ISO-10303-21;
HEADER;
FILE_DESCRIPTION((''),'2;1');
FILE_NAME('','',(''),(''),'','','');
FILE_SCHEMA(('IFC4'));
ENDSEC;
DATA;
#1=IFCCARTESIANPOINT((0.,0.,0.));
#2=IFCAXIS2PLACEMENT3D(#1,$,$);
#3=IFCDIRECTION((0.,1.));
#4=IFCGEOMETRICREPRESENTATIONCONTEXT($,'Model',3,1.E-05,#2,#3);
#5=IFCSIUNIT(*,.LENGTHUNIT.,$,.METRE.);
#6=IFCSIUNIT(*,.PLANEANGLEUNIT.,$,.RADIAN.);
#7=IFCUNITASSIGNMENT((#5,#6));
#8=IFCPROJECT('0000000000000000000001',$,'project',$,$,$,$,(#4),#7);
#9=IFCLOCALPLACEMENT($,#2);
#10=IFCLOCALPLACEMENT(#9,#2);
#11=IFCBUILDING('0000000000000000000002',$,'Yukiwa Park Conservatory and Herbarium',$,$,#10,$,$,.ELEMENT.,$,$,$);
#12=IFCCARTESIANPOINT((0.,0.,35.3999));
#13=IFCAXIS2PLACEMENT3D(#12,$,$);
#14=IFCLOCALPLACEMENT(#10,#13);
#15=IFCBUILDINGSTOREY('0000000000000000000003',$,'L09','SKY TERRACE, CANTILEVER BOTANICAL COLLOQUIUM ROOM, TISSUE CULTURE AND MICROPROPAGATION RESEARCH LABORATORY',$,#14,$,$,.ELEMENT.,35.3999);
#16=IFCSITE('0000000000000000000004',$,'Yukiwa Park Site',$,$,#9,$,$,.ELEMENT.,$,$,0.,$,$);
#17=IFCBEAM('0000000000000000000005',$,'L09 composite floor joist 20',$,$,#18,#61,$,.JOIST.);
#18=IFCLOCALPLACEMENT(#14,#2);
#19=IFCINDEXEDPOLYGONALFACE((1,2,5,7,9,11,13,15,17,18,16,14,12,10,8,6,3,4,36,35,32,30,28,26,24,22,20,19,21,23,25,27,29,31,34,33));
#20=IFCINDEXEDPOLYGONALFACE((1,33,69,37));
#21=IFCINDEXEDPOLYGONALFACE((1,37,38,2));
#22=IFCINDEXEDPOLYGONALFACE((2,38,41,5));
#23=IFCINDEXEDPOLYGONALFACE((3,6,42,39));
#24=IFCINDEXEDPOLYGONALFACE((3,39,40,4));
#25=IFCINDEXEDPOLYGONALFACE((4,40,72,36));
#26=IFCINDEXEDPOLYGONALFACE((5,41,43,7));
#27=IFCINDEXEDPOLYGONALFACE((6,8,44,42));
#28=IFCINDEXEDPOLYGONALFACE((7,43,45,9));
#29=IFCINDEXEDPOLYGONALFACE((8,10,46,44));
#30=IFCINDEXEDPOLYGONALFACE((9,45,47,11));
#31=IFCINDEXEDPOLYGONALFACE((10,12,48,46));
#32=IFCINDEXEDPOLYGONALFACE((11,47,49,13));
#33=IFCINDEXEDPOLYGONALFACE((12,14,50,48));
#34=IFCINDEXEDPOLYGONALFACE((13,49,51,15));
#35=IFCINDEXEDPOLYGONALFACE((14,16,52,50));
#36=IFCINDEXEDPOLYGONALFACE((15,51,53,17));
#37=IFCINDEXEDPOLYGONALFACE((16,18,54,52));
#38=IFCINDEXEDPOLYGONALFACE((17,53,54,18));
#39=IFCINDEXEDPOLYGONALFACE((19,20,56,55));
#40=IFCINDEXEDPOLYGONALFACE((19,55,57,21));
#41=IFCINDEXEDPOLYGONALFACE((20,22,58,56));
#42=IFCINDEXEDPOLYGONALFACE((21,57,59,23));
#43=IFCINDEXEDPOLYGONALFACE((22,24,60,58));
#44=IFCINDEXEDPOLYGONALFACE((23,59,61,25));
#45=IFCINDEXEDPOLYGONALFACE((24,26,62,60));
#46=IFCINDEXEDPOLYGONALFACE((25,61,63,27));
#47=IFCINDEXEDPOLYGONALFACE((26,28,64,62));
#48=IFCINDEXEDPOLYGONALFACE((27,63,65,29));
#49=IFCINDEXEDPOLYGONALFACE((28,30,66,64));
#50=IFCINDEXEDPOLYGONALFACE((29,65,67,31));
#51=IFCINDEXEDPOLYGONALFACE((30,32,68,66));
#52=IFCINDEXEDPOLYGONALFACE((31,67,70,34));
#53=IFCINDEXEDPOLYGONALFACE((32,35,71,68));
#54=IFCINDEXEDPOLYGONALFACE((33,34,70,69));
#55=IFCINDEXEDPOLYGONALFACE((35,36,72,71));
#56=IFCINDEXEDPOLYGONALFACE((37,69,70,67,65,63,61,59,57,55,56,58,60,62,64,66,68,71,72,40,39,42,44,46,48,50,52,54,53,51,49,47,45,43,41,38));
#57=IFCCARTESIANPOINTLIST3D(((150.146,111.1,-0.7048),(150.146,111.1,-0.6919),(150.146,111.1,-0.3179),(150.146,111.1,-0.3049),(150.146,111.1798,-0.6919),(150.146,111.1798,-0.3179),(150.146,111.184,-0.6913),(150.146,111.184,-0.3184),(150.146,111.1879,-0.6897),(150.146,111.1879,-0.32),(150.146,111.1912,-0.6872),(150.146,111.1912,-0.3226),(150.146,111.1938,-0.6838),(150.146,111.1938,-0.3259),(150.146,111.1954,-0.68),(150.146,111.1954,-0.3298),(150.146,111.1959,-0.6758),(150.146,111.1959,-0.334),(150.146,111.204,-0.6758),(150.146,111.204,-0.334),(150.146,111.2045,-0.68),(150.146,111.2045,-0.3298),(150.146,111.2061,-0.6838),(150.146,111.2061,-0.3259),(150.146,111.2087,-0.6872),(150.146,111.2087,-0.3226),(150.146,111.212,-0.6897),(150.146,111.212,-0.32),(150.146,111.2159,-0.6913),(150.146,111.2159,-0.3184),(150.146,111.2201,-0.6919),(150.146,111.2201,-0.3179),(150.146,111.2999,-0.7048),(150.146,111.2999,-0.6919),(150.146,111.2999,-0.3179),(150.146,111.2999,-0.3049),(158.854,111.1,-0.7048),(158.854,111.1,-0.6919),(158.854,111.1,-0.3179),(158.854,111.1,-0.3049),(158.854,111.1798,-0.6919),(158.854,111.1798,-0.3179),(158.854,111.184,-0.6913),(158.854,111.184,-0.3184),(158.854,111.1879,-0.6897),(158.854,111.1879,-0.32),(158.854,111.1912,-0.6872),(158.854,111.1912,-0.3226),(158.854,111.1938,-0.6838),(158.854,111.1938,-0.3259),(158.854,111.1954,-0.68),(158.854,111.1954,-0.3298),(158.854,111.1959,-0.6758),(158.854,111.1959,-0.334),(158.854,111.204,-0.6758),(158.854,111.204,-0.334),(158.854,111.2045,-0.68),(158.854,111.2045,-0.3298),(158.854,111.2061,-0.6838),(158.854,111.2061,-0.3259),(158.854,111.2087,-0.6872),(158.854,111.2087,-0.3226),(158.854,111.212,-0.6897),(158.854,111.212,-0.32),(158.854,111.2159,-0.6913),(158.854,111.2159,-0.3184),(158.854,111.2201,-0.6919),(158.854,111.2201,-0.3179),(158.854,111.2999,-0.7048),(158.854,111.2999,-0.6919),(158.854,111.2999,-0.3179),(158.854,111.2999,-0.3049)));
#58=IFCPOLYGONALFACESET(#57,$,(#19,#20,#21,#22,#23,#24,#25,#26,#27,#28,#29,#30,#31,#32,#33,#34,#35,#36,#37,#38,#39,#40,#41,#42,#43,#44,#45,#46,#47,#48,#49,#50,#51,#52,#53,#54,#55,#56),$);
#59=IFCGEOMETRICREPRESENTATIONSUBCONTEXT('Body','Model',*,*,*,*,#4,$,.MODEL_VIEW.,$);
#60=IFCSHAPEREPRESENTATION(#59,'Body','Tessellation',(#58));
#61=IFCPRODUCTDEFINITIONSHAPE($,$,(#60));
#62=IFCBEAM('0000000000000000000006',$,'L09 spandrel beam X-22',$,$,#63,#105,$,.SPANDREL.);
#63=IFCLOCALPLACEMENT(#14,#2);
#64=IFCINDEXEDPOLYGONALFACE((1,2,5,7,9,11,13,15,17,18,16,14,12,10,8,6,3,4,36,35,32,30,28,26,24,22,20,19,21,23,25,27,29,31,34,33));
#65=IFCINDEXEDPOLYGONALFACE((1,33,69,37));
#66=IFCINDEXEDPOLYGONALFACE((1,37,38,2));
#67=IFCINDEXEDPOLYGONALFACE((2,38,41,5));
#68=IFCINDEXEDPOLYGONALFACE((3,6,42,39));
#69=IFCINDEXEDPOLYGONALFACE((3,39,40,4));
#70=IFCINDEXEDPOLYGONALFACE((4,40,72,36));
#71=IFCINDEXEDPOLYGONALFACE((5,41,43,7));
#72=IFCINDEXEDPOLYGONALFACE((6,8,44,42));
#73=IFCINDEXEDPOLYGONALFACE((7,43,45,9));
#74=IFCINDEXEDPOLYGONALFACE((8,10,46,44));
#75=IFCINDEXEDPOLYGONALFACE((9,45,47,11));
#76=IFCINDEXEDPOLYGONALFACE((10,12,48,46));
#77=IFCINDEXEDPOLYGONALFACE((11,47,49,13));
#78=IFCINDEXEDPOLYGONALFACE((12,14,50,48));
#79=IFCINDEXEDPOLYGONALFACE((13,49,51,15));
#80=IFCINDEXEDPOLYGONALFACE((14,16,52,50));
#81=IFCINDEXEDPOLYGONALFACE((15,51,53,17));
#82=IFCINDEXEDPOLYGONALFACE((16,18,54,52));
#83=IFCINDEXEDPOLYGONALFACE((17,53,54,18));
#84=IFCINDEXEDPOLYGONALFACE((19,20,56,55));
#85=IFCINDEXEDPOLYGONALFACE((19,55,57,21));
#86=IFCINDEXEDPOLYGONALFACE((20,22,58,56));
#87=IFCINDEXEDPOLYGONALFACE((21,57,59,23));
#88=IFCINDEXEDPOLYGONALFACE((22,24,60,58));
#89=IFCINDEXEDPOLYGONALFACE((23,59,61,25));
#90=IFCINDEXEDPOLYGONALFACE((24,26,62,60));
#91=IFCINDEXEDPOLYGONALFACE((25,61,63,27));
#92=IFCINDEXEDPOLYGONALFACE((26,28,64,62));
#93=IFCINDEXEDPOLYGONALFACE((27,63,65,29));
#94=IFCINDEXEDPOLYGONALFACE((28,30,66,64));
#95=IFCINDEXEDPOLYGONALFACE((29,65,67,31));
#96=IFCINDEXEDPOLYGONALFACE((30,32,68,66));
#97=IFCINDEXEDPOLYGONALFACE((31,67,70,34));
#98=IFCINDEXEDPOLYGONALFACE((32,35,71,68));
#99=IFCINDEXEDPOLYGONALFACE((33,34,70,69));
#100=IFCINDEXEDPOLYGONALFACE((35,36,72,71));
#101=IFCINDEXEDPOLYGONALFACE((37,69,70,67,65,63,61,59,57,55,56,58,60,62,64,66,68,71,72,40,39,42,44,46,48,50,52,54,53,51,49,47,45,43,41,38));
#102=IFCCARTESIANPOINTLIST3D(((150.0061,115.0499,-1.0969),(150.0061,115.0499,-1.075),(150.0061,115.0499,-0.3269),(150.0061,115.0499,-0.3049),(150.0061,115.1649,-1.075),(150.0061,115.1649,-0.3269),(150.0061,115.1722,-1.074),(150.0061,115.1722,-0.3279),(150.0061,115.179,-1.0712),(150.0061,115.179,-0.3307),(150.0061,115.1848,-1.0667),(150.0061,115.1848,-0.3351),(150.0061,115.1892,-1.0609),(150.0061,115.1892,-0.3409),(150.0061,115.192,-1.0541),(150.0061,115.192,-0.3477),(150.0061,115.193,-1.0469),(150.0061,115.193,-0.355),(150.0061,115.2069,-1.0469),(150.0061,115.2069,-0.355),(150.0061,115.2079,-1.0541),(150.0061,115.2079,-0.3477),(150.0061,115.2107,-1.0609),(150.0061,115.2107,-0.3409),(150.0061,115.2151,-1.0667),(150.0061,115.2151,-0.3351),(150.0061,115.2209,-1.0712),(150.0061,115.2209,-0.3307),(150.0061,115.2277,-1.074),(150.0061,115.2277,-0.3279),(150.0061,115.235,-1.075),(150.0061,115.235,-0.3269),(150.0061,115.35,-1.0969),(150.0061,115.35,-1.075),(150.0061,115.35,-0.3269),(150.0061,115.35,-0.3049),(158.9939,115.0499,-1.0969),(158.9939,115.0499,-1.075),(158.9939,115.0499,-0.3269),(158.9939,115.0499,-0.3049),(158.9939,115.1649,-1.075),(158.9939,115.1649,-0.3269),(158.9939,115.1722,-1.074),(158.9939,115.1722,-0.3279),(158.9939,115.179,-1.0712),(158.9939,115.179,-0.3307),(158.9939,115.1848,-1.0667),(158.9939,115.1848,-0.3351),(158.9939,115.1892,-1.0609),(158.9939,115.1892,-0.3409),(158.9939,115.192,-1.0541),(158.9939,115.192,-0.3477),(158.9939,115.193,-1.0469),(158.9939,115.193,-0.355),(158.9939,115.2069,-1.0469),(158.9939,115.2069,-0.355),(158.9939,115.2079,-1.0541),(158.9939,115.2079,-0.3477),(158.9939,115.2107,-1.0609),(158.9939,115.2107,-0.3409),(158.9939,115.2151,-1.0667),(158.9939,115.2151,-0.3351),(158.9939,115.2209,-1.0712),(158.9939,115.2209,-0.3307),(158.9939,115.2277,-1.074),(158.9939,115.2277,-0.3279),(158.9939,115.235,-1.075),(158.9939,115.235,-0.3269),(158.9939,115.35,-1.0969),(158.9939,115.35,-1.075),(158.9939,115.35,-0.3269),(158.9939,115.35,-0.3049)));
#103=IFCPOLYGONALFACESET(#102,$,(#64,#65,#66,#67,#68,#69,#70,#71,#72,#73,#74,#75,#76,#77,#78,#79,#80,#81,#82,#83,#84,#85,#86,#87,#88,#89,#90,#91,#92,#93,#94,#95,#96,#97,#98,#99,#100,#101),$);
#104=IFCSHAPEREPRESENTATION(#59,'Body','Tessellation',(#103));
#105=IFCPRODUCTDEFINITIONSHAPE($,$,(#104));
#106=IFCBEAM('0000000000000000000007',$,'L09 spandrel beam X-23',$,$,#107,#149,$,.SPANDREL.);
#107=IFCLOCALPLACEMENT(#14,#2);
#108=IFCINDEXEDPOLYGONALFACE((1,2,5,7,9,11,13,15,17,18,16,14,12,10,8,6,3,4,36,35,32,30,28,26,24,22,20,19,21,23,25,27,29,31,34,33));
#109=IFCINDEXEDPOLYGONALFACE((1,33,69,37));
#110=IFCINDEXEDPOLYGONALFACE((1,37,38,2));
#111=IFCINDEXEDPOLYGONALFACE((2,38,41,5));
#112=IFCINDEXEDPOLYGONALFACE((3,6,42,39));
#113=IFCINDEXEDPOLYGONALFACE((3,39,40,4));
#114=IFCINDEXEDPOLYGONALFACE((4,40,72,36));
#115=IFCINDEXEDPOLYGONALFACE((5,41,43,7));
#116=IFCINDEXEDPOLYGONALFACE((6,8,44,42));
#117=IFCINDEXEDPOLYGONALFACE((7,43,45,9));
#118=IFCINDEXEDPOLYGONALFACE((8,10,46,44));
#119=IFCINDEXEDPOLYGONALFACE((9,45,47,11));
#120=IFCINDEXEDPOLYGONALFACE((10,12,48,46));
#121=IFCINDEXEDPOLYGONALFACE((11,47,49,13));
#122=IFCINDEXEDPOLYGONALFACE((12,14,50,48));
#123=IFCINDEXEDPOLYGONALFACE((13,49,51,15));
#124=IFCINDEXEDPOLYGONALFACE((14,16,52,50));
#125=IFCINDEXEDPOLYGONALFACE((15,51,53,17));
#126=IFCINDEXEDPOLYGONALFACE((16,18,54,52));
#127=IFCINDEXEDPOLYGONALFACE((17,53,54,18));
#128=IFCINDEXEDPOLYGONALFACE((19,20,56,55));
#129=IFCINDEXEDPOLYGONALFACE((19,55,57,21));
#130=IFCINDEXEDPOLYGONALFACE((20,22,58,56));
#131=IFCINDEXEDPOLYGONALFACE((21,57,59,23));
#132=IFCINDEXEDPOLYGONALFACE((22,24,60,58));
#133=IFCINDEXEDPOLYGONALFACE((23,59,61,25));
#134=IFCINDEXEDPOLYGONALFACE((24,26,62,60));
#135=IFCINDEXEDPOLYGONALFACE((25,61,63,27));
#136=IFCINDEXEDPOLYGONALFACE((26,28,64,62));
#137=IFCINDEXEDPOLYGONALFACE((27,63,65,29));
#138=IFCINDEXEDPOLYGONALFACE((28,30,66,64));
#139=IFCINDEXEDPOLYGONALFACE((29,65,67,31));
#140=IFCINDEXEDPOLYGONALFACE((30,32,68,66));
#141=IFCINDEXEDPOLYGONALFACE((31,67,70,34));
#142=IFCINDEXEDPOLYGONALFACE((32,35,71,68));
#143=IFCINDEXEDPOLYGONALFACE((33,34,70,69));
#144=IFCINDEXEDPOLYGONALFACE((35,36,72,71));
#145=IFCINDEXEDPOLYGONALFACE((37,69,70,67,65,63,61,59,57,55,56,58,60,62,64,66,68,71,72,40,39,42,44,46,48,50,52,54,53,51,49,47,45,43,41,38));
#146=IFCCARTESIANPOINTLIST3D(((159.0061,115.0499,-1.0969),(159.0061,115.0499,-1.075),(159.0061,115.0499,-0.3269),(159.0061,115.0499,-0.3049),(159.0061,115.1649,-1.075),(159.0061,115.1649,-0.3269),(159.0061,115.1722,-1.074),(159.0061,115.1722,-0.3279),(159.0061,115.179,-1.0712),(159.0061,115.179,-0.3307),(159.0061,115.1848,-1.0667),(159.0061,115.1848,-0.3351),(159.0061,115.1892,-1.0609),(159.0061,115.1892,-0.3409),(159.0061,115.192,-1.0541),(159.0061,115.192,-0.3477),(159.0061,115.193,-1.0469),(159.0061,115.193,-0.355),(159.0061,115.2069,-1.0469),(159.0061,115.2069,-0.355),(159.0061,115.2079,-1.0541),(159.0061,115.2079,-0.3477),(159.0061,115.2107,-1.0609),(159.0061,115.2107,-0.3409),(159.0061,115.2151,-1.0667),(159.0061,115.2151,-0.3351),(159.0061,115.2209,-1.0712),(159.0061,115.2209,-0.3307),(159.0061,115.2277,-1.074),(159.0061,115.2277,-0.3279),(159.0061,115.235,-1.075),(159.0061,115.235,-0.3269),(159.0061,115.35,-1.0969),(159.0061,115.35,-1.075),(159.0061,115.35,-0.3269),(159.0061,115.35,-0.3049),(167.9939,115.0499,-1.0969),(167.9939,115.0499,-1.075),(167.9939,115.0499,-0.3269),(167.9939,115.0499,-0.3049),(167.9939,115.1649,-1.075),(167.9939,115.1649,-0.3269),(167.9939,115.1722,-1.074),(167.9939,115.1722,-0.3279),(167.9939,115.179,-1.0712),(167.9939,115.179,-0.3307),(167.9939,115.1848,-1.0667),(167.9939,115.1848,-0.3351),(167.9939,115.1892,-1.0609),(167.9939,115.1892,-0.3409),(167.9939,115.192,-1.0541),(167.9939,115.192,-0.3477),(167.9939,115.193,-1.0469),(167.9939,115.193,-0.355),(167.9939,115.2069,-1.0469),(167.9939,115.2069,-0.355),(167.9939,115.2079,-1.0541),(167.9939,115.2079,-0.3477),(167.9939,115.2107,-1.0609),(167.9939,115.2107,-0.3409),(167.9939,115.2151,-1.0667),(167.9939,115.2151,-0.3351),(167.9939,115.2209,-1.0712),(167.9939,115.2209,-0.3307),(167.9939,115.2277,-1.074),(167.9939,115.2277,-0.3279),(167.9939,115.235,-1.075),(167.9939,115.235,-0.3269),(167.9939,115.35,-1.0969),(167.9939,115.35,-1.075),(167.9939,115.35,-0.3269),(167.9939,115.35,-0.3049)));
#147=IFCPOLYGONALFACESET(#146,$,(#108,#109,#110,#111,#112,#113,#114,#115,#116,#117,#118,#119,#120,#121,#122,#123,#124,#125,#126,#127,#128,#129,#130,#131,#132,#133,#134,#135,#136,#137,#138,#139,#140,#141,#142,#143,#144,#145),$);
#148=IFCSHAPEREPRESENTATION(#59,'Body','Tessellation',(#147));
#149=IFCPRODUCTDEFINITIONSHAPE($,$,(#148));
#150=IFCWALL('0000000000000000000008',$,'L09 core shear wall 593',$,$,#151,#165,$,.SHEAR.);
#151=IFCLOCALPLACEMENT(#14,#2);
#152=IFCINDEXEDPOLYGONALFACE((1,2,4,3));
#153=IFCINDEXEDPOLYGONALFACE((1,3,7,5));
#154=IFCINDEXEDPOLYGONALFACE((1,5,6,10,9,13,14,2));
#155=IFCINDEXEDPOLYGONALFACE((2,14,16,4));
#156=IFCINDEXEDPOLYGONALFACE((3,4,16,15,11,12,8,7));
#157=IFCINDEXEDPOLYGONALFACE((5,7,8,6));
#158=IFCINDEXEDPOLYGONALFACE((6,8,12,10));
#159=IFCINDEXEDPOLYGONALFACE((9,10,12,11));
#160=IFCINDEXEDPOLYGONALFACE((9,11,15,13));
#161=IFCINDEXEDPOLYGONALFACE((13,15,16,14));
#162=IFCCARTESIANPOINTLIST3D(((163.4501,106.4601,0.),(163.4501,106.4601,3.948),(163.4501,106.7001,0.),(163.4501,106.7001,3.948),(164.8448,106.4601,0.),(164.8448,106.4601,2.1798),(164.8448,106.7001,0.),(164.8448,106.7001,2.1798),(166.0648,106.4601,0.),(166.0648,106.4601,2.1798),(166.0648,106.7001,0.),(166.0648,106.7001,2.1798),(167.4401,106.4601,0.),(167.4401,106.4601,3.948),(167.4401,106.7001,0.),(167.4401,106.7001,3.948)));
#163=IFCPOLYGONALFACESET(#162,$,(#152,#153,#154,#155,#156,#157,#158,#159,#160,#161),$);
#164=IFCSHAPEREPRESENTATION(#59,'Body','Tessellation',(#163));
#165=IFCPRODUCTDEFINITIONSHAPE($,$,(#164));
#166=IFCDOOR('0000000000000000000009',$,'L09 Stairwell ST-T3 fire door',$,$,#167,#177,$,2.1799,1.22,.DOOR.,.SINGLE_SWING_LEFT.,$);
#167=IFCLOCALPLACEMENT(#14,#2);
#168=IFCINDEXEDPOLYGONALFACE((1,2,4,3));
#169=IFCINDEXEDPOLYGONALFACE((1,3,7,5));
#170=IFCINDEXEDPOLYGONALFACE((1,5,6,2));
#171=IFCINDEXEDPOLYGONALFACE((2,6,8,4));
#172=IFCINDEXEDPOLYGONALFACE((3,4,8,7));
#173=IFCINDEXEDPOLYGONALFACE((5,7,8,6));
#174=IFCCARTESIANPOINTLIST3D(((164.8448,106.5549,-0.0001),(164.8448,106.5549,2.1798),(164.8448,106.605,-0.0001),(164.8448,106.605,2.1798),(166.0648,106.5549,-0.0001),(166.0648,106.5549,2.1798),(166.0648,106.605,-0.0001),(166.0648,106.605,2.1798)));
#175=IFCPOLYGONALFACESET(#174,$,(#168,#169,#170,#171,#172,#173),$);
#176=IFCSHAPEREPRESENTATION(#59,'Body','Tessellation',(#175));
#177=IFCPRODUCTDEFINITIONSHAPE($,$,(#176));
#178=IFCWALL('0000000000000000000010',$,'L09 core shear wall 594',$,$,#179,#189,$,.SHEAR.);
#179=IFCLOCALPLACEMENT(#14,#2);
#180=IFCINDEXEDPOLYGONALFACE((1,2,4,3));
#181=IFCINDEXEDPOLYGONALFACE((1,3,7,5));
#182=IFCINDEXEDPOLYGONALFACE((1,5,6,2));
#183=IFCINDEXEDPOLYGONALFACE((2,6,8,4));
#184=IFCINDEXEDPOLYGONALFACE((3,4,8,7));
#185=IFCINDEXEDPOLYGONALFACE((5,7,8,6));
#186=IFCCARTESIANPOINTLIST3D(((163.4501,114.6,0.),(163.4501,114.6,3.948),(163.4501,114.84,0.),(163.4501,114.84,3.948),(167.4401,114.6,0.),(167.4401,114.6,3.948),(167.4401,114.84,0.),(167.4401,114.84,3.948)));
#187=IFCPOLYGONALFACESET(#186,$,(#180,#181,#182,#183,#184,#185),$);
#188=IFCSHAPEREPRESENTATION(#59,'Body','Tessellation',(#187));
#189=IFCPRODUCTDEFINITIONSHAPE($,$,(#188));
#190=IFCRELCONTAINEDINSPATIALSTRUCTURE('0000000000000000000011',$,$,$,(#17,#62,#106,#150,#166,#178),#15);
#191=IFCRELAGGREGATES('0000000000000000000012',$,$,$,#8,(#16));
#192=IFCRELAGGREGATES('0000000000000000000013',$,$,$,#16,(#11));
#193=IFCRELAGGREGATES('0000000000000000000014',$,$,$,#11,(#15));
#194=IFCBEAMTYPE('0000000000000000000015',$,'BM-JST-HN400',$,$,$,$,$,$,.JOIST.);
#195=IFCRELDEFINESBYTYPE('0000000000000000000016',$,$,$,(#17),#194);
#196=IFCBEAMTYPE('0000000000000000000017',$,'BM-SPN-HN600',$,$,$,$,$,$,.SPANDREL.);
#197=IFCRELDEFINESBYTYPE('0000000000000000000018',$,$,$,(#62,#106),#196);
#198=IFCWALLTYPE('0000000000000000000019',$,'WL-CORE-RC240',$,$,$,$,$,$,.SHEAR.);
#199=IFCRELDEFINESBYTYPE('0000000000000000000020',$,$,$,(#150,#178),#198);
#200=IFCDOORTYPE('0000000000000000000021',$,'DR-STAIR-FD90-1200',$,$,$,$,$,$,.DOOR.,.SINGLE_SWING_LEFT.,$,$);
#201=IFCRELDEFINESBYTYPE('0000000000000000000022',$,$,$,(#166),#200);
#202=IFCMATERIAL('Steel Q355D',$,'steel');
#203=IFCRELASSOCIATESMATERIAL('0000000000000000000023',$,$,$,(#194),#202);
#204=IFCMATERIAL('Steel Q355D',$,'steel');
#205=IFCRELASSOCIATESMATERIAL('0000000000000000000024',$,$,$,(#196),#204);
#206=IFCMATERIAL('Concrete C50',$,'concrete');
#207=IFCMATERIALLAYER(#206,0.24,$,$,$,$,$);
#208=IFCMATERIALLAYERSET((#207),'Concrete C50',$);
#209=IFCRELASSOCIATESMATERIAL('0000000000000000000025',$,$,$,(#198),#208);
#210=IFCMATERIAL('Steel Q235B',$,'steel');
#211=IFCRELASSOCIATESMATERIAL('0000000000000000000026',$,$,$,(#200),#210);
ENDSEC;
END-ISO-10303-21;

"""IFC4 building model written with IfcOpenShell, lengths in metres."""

from ifc_helpers import new_model, si_unit, direction, frame, frame_2d, origin, origin_2d, place, context, subcontext, project, spatial, rectangle, i_section, extrude, material, layer, layer_set, material_profile, profile_set, type_object, element, fill, save


model = new_model("IFC4")

# Units and contexts
model_context = context("Model", 3, precision=1e-05, world=origin(), true_north=direction((0.0, 1.0)))
body_context = subcontext(model_context, "Body", "Model", "MODEL_VIEW")
ifc_project = project(units=[si_unit("LENGTHUNIT", "METRE"), si_unit("PLANEANGLEUNIT", "RADIAN")], contexts=[model_context])

# Site, building, storey
site_placement = place(None, origin())
site = spatial("IfcSite", under=ifc_project, at=site_placement, Name="Yukiwa Park Site", CompositionType="ELEMENT", RefElevation=0.0)
building_placement = place(site_placement, origin())
building = spatial("IfcBuilding", under=site, at=building_placement, Name="Yukiwa Park Conservatory and Herbarium", CompositionType="ELEMENT")
storey_placement = place(building_placement, frame((0.0, 0.0, 35.3999)))
storey = spatial("IfcBuildingStorey", under=building, at=storey_placement, Name="L09", Description="SKY TERRACE, CANTILEVER BOTANICAL COLLOQUIUM ROOM, TISSUE CULTURE AND MICROPROPAGATION RESEARCH LABORATORY", CompositionType="ELEMENT", Elevation=35.3999)

# Beams
ifc_material_1 = material(Name="Steel Q355D", Category="steel")
ifc_material_profile_1 = material_profile(ifc_material_1, i_section(OverallWidth=0.2, OverallDepth=0.3999, WebThickness=0.0081, FlangeThickness=0.0129, FilletRadius=0.0161, at=origin_2d()), Name="HN 400x200x8x13")
ifc_profile_set_1 = profile_set([ifc_material_profile_1], Name="Steel Q355D")
beam_type_1 = type_object("IfcBeamType", Name="BM-JST-HN400", PredefinedType="JOIST", material=ifc_profile_set_1)
for number, where, z_axis, x_axis, name in (
    (1, (150.146, 111.2, -0.5049), (1.0, 0.0, 0.0), (0.0, 1.0, 0.0), "L09 composite floor joist 20"),
):
    element("IfcBeam", number, at=place(storey_placement, frame(where, z_axis=z_axis, x_axis=x_axis)), inside=storey, type_object=beam_type_1, Name=name, PredefinedType="JOIST", context=body_context, shape_type="SweptSolid", body=[
        extrude(i_section(OverallWidth=0.2, OverallDepth=0.3999, WebThickness=0.0081, FlangeThickness=0.0129, FilletRadius=0.0161, at=origin_2d()), origin(), (0.0, 0.0, 1.0), 8.708),
    ])
ifc_material_2 = material(Name="Steel Q355D", Category="steel")
ifc_material_profile_2 = material_profile(ifc_material_2, i_section(OverallWidth=0.3, OverallDepth=0.792, WebThickness=0.0139, FlangeThickness=0.022, FilletRadius=0.0281, at=origin_2d()), Name="HN 792x300x14x22")
ifc_profile_set_2 = profile_set([ifc_material_profile_2], Name="Steel Q355D")
beam_type_2 = type_object("IfcBeamType", Name="BM-SPN-HN600", PredefinedType="SPANDREL", material=ifc_profile_set_2)
for number, where, z_axis, x_axis, name in (
    (2, (150.0061, 115.2, -0.7009), (1.0, 0.0, 0.0), (0.0, 1.0, 0.0), "L09 spandrel beam X-22"),
    (3, (159.0061, 115.2, -0.7009), (1.0, 0.0, 0.0), (0.0, 1.0, 0.0), "L09 spandrel beam X-23"),
):
    element("IfcBeam", number, at=place(storey_placement, frame(where, z_axis=z_axis, x_axis=x_axis)), inside=storey, type_object=beam_type_2, Name=name, PredefinedType="SPANDREL", context=body_context, shape_type="SweptSolid", body=[
        extrude(i_section(OverallWidth=0.3, OverallDepth=0.792, WebThickness=0.0139, FlangeThickness=0.022, FilletRadius=0.0281, at=origin_2d()), origin(), (0.0, 0.0, 1.0), 8.9878),
    ])

# Wall, opening, door
ifc_material_3 = material(Name="Concrete C50", Category="concrete")
ifc_layer_1 = layer(ifc_material_3, 0.24)
ifc_layer_set_1 = layer_set([ifc_layer_1], Name="Concrete C50")
wall_type_1 = type_object("IfcWallType", Name="WL-CORE-RC240", PredefinedType="SHEAR", material=ifc_layer_set_1)
wall_1_placement = place(storey_placement, frame((163.45, 106.5801, 0.0), z_axis=(0.0, 0.0, 1.0), x_axis=(1.0, 0.0, 0.0)))
wall_1 = element("IfcWall", 4, at=wall_1_placement, inside=storey, type_object=wall_type_1, Name="L09 core shear wall 593", PredefinedType="SHEAR", context=body_context, shape_type="SweptSolid", body=[
    extrude(rectangle(XDim=3.99, YDim=0.24, at=frame_2d((1.9951, 0.0))), origin(), (0.0, 0.0, 1.0), 3.948),
])
opening_1_placement = place(wall_1_placement, frame((1.395, 0.0, 0.0)))
opening_1 = element("IfcOpeningElement", 5, at=opening_1_placement, cuts=wall_1, PredefinedType="OPENING", context=body_context, shape_type="SweptSolid", body=[
    extrude(rectangle(XDim=1.22, YDim=2.1799, at=frame_2d((0.6099, 1.0898))), frame((0.0, 0.1299, 0.0), z_axis=(0.0, -1.0, 0.0), x_axis=(1.0, 0.0, 0.0)), (0.0, 0.0, 1.0), 0.26),
])
ifc_material_4 = material(Name="Steel Q235B", Category="steel")
door_type_1 = type_object("IfcDoorType", Name="DR-STAIR-FD90-1200", OperationType="SINGLE_SWING_LEFT", PredefinedType="DOOR", material=ifc_material_4)
door_1_placement = place(opening_1_placement, origin())
door_1 = element("IfcDoor", 6, at=door_1_placement, inside=storey, type_object=door_type_1, Name="L09 Stairwell ST-T3 fire door", OperationType="SINGLE_SWING_LEFT", OverallHeight=2.1799, OverallWidth=1.22, PredefinedType="DOOR", context=body_context, shape_type="SweptSolid", body=[
    extrude(rectangle(XDim=1.22, YDim=2.1799, at=frame_2d((0.6099, 1.0898))), frame((0.0, 0.0249, 0.0), z_axis=(0.0, -1.0, 0.0), x_axis=(1.0, 0.0, 0.0)), (0.0, 0.0, 1.0), 0.05),
])
fill(opening_1, door_1)

# Wall
wall_2_placement = place(storey_placement, frame((163.45, 114.72, 0.0), z_axis=(0.0, 0.0, 1.0), x_axis=(1.0, 0.0, 0.0)))
element("IfcWall", 7, at=wall_2_placement, inside=storey, type_object=wall_type_1, Name="L09 core shear wall 594", PredefinedType="SHEAR", context=body_context, shape_type="SweptSolid", body=[
    extrude(rectangle(XDim=3.99, YDim=0.24, at=frame_2d((1.9951, 0.0))), origin(), (0.0, 0.0, 1.0), 3.948),
])

save(model, "model.ifc")
